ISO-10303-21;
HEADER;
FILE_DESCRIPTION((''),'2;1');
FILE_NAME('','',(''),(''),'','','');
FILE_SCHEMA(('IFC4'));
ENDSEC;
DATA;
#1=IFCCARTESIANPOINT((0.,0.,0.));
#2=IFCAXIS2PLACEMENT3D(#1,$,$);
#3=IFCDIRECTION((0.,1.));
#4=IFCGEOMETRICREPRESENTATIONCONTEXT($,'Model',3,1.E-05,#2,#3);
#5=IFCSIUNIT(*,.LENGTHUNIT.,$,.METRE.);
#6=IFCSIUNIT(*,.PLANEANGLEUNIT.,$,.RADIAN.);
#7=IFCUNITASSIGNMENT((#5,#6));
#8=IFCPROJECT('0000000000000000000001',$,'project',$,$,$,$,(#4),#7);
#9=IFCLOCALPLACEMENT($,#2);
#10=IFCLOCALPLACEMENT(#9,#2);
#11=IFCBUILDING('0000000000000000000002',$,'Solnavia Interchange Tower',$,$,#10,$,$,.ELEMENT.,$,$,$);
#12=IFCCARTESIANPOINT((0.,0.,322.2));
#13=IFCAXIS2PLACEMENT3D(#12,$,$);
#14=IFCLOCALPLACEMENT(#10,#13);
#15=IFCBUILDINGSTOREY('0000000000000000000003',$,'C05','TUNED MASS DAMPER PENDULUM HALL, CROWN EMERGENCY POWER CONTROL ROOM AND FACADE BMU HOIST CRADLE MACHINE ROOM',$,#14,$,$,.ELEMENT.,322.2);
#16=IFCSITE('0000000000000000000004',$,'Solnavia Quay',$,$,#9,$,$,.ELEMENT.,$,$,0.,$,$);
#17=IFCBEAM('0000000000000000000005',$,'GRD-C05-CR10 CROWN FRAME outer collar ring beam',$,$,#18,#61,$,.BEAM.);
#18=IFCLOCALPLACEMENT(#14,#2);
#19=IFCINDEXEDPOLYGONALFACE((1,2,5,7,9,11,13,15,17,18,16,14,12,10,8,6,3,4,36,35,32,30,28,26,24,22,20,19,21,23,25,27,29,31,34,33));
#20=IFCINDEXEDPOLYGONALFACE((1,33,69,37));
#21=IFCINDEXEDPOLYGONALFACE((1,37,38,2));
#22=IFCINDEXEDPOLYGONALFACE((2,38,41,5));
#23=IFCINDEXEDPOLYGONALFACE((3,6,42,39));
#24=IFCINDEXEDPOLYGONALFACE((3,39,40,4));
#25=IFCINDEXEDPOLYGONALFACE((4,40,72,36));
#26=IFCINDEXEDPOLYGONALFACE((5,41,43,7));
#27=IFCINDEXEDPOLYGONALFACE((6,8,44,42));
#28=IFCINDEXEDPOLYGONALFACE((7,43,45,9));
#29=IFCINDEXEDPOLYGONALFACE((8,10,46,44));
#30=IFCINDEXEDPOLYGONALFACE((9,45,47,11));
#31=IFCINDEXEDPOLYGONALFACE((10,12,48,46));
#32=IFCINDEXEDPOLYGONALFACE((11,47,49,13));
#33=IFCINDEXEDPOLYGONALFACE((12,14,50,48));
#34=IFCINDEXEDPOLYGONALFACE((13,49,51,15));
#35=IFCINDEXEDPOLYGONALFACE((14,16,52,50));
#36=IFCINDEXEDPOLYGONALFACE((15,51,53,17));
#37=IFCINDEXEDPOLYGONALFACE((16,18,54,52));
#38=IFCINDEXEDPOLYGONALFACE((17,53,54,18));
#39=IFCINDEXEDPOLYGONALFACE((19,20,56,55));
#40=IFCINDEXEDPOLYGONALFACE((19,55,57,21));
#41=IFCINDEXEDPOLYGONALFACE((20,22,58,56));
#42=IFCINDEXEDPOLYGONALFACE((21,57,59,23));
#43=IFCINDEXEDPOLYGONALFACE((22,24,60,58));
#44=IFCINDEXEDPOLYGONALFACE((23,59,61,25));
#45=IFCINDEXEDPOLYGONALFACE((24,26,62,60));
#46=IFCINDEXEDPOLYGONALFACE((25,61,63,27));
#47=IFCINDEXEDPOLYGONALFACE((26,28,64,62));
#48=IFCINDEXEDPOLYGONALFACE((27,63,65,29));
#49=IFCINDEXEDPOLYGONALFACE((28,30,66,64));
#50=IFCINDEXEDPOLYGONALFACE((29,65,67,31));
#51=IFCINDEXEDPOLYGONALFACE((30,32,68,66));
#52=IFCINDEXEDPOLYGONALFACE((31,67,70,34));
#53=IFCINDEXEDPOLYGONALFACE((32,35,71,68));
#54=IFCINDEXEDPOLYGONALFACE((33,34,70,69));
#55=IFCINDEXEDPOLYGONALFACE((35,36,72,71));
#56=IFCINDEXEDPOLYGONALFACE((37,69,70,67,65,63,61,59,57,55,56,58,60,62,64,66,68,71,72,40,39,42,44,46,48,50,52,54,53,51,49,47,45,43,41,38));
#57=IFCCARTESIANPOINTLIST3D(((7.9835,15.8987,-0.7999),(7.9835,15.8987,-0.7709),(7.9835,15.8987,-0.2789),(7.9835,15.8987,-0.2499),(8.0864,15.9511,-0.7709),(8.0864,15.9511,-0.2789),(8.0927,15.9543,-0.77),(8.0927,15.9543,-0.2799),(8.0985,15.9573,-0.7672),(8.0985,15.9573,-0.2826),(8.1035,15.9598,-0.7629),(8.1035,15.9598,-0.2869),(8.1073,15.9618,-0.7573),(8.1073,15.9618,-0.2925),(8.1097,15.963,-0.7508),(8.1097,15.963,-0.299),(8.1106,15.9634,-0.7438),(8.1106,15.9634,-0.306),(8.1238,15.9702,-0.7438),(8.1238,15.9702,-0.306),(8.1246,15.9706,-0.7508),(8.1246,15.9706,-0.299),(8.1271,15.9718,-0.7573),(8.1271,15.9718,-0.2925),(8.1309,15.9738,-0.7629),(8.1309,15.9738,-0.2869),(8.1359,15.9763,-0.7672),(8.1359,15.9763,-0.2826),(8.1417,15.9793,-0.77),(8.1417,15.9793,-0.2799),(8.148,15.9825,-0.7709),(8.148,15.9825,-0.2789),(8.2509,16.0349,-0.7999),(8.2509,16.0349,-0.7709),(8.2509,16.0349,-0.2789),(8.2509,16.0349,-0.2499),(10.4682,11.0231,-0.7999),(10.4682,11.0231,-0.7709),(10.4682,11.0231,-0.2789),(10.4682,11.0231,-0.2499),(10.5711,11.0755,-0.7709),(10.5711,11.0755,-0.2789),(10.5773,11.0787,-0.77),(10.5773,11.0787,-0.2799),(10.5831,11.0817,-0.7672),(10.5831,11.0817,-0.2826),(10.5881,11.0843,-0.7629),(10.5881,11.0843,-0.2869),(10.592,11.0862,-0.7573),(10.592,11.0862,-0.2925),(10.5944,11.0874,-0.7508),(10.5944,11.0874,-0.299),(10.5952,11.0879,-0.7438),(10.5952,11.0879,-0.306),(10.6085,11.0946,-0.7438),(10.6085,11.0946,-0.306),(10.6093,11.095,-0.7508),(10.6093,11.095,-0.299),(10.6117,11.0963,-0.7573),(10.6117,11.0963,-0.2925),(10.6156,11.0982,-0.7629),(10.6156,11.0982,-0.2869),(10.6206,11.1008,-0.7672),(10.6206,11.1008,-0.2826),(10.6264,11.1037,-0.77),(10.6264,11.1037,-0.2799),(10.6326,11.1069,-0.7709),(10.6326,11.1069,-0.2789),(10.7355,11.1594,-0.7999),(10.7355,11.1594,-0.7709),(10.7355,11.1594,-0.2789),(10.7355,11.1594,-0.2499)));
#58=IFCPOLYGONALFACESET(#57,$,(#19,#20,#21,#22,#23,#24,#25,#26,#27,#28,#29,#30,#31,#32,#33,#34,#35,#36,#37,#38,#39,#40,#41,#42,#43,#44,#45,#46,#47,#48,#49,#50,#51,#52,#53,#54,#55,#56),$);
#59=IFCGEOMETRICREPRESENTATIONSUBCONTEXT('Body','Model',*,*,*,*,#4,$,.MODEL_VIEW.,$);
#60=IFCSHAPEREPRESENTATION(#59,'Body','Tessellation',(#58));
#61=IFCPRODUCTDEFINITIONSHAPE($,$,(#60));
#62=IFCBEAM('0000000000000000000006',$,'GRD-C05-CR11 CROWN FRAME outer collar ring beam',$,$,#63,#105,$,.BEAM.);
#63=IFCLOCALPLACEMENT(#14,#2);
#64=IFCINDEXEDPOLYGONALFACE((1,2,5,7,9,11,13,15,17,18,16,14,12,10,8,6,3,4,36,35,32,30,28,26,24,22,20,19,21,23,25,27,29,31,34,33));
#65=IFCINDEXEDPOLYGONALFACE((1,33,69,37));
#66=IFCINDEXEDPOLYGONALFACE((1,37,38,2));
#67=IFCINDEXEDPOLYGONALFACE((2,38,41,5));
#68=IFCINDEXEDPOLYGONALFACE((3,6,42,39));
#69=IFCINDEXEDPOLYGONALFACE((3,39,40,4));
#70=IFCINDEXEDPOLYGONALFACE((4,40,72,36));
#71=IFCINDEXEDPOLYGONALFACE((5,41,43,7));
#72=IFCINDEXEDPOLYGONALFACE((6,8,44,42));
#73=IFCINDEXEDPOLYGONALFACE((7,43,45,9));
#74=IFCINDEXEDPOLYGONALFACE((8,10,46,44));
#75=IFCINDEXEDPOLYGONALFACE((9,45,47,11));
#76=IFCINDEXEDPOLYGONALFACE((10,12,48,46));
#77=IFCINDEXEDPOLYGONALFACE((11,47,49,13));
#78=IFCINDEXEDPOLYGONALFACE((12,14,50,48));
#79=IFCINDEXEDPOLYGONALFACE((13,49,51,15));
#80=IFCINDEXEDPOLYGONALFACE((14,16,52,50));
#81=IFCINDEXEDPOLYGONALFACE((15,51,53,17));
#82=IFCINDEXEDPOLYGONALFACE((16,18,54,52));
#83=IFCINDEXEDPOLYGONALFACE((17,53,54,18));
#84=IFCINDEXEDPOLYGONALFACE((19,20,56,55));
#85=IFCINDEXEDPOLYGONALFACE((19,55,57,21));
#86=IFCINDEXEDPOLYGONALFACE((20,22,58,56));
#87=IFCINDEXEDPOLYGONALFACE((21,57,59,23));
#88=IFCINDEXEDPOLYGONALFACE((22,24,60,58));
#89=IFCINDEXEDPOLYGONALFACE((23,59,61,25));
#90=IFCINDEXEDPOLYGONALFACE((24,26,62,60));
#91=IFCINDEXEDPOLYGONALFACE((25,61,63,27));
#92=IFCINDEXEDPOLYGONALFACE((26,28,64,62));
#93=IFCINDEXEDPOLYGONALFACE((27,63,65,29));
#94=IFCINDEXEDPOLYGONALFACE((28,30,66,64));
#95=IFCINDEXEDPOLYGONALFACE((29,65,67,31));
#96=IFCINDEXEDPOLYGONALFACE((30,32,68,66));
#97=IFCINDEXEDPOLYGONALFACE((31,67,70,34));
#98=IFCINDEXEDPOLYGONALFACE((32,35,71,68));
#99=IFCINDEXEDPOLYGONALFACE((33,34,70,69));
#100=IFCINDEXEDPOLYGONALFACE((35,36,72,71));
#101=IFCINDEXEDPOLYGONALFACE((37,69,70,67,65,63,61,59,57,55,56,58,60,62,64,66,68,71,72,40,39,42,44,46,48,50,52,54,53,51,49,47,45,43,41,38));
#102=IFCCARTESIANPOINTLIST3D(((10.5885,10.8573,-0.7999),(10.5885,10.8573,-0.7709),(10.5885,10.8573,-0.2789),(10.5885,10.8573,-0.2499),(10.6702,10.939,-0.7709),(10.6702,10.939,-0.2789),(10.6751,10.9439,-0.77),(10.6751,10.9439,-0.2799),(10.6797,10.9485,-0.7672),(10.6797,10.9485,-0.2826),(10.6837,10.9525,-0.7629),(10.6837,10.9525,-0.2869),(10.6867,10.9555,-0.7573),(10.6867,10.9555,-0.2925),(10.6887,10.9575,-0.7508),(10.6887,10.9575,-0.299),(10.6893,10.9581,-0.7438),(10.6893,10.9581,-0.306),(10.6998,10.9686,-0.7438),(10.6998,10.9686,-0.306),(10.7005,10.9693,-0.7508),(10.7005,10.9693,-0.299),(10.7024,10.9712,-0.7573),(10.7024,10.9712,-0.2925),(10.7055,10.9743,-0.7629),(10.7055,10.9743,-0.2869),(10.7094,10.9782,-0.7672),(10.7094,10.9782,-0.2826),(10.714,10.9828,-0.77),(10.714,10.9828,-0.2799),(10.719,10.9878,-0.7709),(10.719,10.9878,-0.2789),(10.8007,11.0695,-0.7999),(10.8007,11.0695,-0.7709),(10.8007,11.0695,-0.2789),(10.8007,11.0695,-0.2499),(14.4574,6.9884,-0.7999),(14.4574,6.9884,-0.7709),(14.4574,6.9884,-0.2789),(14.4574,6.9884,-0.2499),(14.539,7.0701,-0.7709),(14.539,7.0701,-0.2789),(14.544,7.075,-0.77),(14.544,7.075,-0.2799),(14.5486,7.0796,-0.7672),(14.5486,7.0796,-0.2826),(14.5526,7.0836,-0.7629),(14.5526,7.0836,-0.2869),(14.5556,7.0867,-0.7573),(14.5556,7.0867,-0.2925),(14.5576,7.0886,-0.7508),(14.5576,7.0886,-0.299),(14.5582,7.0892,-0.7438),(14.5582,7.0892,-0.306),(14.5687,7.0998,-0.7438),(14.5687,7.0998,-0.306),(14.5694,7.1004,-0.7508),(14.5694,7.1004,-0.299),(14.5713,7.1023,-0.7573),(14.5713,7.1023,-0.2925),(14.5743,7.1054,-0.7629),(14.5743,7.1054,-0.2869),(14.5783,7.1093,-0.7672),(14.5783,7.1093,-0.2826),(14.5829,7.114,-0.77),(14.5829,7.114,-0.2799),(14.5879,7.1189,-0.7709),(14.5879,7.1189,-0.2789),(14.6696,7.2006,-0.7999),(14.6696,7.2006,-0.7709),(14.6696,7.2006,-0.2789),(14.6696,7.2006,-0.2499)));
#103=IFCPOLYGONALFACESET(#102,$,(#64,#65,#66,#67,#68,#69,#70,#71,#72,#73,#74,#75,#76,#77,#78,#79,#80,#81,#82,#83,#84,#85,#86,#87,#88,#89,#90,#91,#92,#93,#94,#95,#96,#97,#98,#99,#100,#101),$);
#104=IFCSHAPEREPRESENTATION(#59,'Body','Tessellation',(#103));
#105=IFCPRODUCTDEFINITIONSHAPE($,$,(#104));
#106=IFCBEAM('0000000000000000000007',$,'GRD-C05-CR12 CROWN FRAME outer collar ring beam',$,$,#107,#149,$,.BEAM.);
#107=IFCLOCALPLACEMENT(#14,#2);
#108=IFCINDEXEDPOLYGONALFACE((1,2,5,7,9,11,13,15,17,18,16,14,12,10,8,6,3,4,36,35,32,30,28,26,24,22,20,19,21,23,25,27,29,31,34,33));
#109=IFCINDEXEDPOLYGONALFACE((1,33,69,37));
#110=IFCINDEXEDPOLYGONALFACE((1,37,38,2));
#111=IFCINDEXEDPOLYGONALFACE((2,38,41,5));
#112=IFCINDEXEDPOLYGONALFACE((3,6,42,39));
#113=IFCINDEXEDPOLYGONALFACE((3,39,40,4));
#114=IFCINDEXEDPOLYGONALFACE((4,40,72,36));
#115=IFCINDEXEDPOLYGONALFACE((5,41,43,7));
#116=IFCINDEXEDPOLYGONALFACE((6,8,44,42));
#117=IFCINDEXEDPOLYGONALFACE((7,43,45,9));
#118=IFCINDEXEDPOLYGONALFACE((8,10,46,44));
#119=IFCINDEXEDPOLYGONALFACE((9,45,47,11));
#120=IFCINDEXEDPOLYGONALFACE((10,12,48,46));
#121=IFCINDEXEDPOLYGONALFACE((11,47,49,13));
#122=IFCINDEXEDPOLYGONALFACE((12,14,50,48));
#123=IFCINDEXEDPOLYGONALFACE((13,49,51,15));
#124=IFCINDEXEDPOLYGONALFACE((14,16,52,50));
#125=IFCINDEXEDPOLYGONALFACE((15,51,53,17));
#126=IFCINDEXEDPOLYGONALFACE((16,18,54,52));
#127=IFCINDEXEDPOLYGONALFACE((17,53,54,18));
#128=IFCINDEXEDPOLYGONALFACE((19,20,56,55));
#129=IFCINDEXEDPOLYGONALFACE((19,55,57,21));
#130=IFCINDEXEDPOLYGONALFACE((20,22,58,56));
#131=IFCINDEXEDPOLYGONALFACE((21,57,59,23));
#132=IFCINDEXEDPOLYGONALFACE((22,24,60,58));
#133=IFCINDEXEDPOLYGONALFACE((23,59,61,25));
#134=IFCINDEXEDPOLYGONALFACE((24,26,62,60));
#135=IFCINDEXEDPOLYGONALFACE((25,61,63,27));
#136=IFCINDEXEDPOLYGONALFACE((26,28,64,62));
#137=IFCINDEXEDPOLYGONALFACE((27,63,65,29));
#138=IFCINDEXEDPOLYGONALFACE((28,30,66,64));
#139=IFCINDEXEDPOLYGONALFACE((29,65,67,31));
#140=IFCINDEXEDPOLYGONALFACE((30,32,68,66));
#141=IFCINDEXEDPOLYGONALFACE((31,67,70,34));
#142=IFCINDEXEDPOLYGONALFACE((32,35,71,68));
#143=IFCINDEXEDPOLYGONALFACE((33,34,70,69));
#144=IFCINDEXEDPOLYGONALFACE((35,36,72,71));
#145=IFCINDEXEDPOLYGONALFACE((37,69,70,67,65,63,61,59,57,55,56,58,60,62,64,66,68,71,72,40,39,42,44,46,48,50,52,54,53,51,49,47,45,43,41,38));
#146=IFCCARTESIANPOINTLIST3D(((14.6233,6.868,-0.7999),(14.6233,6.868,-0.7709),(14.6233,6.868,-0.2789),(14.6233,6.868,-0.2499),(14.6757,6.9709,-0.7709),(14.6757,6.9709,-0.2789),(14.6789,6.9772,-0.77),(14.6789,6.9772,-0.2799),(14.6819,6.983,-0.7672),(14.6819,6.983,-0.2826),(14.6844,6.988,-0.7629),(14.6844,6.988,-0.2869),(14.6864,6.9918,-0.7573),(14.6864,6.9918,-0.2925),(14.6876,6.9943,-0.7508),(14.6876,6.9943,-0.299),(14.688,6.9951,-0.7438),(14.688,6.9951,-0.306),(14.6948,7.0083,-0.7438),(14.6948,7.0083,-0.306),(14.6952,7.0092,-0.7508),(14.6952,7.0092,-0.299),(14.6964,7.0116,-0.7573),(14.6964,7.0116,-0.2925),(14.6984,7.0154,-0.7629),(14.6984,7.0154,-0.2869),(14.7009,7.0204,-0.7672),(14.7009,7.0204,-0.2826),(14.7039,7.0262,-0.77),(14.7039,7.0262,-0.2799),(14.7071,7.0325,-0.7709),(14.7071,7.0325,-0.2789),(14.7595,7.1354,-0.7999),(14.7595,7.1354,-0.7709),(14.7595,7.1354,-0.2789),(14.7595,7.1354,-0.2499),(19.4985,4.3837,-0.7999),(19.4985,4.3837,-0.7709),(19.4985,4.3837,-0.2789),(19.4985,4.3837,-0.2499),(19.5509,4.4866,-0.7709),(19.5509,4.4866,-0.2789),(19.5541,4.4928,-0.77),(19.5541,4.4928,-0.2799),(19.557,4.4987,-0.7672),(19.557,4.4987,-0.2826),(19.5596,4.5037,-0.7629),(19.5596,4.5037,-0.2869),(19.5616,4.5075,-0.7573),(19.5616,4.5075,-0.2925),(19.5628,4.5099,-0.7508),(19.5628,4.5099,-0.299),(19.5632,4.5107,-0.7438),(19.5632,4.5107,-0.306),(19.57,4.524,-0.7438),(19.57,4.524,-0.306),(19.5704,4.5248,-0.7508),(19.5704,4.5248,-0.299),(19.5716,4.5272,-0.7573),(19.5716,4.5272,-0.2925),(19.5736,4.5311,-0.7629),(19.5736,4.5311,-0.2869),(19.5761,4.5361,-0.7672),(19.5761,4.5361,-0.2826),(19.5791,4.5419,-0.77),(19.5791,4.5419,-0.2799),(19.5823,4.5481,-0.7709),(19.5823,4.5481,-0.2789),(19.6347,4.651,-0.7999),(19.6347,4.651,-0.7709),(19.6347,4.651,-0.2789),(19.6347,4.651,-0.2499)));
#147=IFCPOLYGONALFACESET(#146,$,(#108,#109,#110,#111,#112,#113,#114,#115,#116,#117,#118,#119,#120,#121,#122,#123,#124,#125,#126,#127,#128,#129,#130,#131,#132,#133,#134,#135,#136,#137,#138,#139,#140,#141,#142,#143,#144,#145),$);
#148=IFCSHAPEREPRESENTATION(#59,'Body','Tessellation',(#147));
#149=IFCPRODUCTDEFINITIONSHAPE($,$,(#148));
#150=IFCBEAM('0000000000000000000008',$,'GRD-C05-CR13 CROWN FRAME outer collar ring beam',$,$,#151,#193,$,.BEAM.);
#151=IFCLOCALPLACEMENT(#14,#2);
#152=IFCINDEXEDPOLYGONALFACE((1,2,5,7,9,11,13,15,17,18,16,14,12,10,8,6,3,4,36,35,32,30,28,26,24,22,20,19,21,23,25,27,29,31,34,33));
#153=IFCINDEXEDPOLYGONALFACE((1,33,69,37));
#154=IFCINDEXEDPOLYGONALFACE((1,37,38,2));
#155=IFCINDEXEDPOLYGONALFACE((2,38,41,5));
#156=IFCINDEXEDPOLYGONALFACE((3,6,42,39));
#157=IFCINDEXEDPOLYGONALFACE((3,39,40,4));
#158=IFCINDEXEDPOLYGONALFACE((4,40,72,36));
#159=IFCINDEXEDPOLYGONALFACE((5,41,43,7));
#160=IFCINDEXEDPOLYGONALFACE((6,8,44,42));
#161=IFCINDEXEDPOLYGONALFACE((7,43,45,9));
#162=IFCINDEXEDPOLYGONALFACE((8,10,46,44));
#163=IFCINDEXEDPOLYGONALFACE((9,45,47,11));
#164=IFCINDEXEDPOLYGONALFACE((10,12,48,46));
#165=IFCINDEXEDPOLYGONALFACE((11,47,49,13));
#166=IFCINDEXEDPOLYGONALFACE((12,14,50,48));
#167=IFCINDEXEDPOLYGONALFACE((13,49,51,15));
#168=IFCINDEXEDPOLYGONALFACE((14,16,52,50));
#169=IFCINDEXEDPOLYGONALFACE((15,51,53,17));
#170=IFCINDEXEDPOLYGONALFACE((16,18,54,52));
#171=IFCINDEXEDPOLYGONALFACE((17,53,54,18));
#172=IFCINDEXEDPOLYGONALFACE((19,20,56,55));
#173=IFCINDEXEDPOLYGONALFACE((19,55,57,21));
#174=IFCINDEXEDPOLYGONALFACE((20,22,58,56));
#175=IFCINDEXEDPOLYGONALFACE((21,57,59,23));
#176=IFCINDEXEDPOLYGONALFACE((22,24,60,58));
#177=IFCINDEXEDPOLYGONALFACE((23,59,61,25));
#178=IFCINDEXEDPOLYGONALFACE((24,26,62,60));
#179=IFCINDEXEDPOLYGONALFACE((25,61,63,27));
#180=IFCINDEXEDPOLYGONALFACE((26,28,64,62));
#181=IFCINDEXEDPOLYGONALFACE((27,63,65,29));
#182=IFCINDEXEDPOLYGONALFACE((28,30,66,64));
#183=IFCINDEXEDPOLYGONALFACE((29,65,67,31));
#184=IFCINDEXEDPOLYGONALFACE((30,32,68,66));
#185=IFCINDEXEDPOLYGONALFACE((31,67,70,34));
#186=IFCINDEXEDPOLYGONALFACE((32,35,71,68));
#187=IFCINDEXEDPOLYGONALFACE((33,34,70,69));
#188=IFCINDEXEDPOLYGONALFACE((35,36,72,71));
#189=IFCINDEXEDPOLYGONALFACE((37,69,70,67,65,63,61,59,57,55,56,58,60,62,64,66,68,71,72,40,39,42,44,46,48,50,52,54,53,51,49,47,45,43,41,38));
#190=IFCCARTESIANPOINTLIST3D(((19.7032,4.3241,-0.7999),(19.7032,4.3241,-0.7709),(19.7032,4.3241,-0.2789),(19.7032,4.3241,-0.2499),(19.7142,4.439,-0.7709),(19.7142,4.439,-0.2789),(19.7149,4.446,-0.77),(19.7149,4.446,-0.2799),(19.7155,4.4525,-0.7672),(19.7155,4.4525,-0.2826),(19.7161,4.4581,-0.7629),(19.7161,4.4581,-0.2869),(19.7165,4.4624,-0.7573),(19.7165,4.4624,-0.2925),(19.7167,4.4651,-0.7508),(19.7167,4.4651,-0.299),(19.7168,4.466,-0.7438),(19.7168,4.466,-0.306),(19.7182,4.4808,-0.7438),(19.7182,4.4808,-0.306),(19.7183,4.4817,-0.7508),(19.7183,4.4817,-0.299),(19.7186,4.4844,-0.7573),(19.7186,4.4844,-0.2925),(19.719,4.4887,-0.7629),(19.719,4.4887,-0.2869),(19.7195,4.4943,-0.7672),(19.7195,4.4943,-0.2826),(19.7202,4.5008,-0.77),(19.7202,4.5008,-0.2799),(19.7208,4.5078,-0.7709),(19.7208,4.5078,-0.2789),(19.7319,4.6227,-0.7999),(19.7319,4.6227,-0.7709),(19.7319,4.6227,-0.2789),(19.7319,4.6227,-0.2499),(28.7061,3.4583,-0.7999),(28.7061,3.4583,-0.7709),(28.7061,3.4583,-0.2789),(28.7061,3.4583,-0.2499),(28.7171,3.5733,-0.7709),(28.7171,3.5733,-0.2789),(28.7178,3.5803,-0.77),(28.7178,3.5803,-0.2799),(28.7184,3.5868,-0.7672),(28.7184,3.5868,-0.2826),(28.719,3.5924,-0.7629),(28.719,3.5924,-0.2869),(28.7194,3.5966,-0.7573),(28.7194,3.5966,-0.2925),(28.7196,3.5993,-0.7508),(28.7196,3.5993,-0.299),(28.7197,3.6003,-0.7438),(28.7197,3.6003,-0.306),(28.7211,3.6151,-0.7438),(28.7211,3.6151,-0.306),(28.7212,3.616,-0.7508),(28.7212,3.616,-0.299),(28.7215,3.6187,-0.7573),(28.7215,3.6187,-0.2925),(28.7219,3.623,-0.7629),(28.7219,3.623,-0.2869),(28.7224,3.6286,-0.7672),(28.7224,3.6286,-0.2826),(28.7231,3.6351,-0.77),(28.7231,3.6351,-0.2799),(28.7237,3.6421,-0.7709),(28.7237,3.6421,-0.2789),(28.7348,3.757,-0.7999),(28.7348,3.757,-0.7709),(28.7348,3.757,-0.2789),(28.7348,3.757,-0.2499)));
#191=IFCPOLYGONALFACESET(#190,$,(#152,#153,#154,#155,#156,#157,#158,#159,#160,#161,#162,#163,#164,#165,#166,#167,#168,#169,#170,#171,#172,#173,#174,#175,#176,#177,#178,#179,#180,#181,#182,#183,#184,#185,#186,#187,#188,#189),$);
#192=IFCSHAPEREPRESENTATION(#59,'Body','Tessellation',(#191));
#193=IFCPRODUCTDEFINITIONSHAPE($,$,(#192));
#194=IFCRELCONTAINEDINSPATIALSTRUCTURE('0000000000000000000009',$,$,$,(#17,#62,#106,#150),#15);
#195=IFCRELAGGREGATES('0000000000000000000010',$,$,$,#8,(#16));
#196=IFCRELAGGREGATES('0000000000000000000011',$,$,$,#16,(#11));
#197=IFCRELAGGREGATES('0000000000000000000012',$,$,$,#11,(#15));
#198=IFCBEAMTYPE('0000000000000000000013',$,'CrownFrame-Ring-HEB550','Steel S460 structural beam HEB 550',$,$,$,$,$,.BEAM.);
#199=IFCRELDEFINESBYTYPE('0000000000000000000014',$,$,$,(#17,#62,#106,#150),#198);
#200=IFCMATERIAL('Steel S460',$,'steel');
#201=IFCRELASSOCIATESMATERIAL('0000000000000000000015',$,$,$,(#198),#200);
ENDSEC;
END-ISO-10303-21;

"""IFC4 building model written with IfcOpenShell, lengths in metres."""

from ifc_helpers import new_model, si_unit, direction, frame, origin, origin_2d, place, context, subcontext, project, spatial, i_section, extrude, material, material_profile, profile_set, type_object, element, save


model = new_model("IFC4")

# Units and contexts
model_context = context("Model", 3, precision=1e-05, world=origin(), true_north=direction((0.0, 1.0)))
body_context = subcontext(model_context, "Body", "Model", "MODEL_VIEW")
ifc_project = project(units=[si_unit("LENGTHUNIT", "METRE"), si_unit("PLANEANGLEUNIT", "RADIAN")], contexts=[model_context])

# Site, building, storey
site_placement = place(None, origin())
site = spatial("IfcSite", under=ifc_project, at=site_placement, Name="Solnavia Quay", CompositionType="ELEMENT", RefElevation=0.0)
building_placement = place(site_placement, origin())
building = spatial("IfcBuilding", under=site, at=building_placement, Name="Solnavia Interchange Tower", CompositionType="ELEMENT")
storey_placement = place(building_placement, frame((0.0, 0.0, 322.2)))
storey = spatial("IfcBuildingStorey", under=building, at=storey_placement, Name="C05", Description="TUNED MASS DAMPER PENDULUM HALL, CROWN EMERGENCY POWER CONTROL ROOM AND FACADE BMU HOIST CRADLE MACHINE ROOM", CompositionType="ELEMENT", Elevation=322.2)

# Shared definitions
ifc_material_1 = material(Name="Steel S460", Category="steel")

# Beams
ifc_material_profile_1 = material_profile(ifc_material_1, i_section(OverallWidth=0.3, OverallDepth=0.55, WebThickness=0.0149, FlangeThickness=0.0291, FilletRadius=0.0271, at=origin_2d()), Name="HEB 550")
ifc_profile_set_1 = profile_set([ifc_material_profile_1], Name="Steel S460")
beam_type = type_object("IfcBeamType", Name="CrownFrame-Ring-HEB550", Description="Steel S460 structural beam HEB 550", PredefinedType="BEAM", material=ifc_profile_set_1)
beam_1_placement = place(storey_placement, frame((8.1172, 15.9668, -0.5249), z_axis=(0.454053, -0.890974, 0.0), x_axis=(0.890974, 0.454053, 0.0)))
element("IfcBeam", 1, at=beam_1_placement, inside=storey, type_object=beam_type, Name="GRD-C05-CR10 CROWN FRAME outer collar ring beam", PredefinedType="BEAM", context=body_context, shape_type="SweptSolid", body=[
    extrude(i_section(OverallWidth=0.3, OverallDepth=0.55, WebThickness=0.0149, FlangeThickness=0.0291, FilletRadius=0.0271, at=origin_2d()), origin(), (0.0, 0.0, 1.0), 5.4722),
])
beam_2_placement = place(storey_placement, frame((10.6946, 10.9634, -0.5249), z_axis=(0.707107, -0.707107, 0.0), x_axis=(0.707107, 0.707107, 0.0)))
element("IfcBeam", 2, at=beam_2_placement, inside=storey, type_object=beam_type, Name="GRD-C05-CR11 CROWN FRAME outer collar ring beam", PredefinedType="BEAM", context=body_context, shape_type="SweptSolid", body=[
    extrude(i_section(OverallWidth=0.3, OverallDepth=0.55, WebThickness=0.0149, FlangeThickness=0.0291, FilletRadius=0.0271, at=origin_2d()), origin(), (0.0, 0.0, 1.0), 5.4714),
])
beam_3_placement = place(storey_placement, frame((14.6914, 7.0017, -0.5249), z_axis=(0.890983, -0.454036, 0.0), x_axis=(0.454036, 0.890983, 0.0)))
element("IfcBeam", 3, at=beam_3_placement, inside=storey, type_object=beam_type, Name="GRD-C05-CR12 CROWN FRAME outer collar ring beam", PredefinedType="BEAM", context=body_context, shape_type="SweptSolid", body=[
    extrude(i_section(OverallWidth=0.3, OverallDepth=0.55, WebThickness=0.0149, FlangeThickness=0.0291, FilletRadius=0.0271, at=origin_2d()), origin(), (0.0, 0.0, 1.0), 5.4717),
])
beam_4_placement = place(storey_placement, frame((19.7175, 4.4734, -0.5249), z_axis=(0.995408, -0.095719, 0.0), x_axis=(0.095719, 0.995408, 0.0)))
element("IfcBeam", 4, at=beam_4_placement, inside=storey, type_object=beam_type, Name="GRD-C05-CR13 CROWN FRAME outer collar ring beam", PredefinedType="BEAM", context=body_context, shape_type="SweptSolid", body=[
    extrude(i_section(OverallWidth=0.3, OverallDepth=0.55, WebThickness=0.0149, FlangeThickness=0.0291, FilletRadius=0.0271, at=origin_2d()), origin(), (0.0, 0.0, 1.0), 9.0444),
])

save(model, "model.ifc")
